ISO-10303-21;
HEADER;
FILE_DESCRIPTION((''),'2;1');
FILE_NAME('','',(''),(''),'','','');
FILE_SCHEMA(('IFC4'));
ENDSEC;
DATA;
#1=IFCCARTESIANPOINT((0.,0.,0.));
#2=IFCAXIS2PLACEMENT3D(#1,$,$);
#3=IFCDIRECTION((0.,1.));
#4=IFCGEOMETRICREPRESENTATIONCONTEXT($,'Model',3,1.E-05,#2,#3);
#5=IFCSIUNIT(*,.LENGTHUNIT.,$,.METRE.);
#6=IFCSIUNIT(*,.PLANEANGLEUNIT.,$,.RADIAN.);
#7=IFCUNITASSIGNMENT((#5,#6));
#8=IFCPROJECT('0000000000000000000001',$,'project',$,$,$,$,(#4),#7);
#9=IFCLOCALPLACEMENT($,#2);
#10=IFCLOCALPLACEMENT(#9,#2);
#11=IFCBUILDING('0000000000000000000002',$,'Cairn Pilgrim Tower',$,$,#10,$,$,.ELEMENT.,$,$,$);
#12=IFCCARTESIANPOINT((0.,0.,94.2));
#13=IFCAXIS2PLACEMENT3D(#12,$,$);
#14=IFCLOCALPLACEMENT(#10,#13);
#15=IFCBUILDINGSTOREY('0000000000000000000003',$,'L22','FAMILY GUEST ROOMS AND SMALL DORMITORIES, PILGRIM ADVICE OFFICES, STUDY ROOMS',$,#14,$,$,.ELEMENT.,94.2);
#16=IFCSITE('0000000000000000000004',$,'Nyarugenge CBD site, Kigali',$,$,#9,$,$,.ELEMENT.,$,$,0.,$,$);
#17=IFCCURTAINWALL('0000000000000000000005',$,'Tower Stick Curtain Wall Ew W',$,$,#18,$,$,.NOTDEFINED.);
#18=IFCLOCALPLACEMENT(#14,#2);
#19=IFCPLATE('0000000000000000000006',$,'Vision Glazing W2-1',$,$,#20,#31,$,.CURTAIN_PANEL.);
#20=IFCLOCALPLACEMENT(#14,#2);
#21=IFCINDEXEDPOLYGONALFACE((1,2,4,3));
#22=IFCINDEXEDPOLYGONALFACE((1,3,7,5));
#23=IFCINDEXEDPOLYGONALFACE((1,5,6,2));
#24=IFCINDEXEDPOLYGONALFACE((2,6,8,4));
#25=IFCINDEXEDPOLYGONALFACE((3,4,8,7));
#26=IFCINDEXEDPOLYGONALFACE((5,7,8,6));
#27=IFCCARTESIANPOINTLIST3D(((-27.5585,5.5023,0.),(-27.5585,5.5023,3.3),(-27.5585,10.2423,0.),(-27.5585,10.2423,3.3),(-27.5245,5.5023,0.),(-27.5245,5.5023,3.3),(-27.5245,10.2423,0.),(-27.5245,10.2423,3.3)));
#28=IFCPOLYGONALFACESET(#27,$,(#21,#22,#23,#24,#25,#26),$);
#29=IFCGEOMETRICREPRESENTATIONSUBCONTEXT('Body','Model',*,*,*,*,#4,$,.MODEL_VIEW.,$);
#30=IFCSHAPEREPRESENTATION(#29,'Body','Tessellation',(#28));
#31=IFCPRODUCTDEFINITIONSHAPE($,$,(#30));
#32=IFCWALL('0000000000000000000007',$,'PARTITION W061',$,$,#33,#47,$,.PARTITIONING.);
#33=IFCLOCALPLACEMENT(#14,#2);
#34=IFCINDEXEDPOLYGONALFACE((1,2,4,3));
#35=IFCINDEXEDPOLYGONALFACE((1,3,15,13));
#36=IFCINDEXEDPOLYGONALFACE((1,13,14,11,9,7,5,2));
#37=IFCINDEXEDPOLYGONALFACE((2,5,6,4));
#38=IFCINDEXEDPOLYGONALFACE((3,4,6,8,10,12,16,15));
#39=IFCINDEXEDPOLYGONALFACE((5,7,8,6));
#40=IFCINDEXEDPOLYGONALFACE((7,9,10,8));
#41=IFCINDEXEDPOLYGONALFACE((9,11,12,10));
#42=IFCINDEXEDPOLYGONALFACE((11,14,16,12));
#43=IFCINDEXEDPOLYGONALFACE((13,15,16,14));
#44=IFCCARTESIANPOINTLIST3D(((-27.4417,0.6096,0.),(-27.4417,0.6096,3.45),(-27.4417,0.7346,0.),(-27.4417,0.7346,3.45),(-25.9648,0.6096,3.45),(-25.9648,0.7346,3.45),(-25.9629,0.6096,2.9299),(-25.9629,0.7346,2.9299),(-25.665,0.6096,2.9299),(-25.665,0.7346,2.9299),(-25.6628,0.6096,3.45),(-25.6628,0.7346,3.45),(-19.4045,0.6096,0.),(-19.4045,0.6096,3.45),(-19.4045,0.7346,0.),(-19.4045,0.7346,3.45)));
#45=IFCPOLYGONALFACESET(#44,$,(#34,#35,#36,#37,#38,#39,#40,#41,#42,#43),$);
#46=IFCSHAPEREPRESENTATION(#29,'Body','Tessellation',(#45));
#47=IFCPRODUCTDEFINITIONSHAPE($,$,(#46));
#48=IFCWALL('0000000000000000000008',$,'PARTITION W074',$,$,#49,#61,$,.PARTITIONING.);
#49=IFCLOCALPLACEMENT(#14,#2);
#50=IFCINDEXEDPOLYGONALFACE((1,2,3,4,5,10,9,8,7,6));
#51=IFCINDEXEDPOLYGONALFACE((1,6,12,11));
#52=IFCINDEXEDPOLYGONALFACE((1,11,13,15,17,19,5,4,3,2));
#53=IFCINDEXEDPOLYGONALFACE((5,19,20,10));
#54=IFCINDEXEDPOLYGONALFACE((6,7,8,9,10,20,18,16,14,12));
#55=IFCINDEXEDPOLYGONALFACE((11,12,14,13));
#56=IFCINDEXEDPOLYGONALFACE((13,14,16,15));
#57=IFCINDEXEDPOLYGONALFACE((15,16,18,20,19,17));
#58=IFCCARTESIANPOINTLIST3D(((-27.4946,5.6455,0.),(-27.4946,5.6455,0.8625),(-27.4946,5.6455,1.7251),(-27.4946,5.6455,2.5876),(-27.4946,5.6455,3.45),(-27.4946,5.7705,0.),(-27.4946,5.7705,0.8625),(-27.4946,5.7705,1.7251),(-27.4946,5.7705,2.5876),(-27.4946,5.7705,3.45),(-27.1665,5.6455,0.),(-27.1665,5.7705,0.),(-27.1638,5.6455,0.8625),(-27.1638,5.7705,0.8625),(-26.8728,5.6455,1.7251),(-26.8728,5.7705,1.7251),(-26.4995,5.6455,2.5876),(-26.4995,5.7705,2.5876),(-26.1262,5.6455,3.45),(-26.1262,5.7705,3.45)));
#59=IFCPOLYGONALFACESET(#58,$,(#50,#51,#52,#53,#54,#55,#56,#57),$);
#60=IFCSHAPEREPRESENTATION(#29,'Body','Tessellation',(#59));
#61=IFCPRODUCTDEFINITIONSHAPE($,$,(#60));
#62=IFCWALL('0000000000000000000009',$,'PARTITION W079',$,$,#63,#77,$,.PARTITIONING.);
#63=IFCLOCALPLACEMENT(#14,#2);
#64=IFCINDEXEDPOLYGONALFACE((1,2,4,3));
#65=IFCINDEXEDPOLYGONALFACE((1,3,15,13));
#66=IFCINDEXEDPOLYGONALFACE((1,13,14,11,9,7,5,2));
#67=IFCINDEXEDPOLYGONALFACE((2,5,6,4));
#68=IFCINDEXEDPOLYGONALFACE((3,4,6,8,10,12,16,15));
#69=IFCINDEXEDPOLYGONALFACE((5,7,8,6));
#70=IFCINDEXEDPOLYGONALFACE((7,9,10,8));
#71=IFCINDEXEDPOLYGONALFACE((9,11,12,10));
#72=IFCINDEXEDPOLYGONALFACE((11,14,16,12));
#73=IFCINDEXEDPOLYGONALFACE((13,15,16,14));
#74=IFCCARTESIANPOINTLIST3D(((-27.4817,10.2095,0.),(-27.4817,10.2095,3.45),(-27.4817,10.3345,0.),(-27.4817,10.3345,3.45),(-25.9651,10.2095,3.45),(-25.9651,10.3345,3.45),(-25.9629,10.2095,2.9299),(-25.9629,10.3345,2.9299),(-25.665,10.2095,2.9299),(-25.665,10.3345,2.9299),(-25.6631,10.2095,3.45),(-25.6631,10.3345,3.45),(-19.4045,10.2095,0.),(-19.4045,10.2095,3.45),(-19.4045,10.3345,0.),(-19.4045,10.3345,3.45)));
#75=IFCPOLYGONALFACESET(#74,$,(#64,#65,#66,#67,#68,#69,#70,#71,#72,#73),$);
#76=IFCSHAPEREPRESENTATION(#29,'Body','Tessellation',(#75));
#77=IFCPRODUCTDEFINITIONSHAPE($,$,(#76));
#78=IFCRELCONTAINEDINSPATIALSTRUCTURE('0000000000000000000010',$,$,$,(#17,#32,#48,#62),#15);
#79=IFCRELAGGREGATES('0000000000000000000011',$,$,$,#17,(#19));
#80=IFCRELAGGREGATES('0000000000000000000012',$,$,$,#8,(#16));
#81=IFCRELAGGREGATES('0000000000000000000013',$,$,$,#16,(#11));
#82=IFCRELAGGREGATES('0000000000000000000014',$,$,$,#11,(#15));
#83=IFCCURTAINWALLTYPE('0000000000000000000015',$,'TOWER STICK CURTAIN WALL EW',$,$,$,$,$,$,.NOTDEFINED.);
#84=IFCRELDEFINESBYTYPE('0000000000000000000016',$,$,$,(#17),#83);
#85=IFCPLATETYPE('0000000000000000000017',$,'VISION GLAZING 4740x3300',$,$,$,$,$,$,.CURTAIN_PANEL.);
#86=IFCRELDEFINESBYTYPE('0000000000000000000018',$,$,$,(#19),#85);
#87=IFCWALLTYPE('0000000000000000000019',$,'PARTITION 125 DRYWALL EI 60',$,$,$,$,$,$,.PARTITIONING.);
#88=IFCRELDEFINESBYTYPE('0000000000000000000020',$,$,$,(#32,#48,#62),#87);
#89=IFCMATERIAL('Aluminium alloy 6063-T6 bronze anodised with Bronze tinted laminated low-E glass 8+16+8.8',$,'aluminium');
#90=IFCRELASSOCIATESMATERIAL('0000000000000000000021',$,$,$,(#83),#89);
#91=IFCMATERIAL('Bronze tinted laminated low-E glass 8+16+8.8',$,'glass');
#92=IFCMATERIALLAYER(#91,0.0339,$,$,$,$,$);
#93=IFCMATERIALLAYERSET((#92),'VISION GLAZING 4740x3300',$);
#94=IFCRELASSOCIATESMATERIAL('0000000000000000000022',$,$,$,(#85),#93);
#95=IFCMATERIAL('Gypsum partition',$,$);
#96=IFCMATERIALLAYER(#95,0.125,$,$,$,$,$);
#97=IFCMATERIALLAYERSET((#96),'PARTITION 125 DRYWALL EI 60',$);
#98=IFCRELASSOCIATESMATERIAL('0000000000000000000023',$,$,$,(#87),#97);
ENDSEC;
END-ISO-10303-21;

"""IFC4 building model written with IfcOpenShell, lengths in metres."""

from ifc_helpers import new_model, si_unit, direction, frame, origin, origin_2d, place, context, subcontext, project, spatial, polyline, rectangle, outline, extrude, material, layer, layer_set, type_object, element, aggregate, save


model = new_model("IFC4")

# Units and contexts
model_context = context("Model", 3, precision=1e-05, world=origin(), true_north=direction((0.0, 1.0)))
body_context = subcontext(model_context, "Body", "Model", "MODEL_VIEW")
ifc_project = project(units=[si_unit("LENGTHUNIT", "METRE"), si_unit("PLANEANGLEUNIT", "RADIAN")], contexts=[model_context])

# Site, building, storey
site_placement = place(None, origin())
site = spatial("IfcSite", under=ifc_project, at=site_placement, Name="Nyarugenge CBD site, Kigali", CompositionType="ELEMENT", RefElevation=0.0)
building_placement = place(site_placement, origin())
building = spatial("IfcBuilding", under=site, at=building_placement, Name="Cairn Pilgrim Tower", CompositionType="ELEMENT")
storey_placement = place(building_placement, frame((0.0, 0.0, 94.2)))
storey = spatial("IfcBuildingStorey", under=building, at=storey_placement, Name="L22", Description="FAMILY GUEST ROOMS AND SMALL DORMITORIES, PILGRIM ADVICE OFFICES, STUDY ROOMS", CompositionType="ELEMENT", Elevation=94.2)

# Curtain wall
ifc_material_1 = material(Name="Aluminium alloy 6063-T6 bronze anodised with Bronze tinted laminated low-E glass 8+16+8.8", Category="aluminium")
curtain_wall_type = type_object("IfcCurtainWallType", Name="TOWER STICK CURTAIN WALL EW", PredefinedType="NOTDEFINED", material=ifc_material_1)
curtain_wall_placement = place(storey_placement, origin())
curtain_wall = element("IfcCurtainWall", 1, at=curtain_wall_placement, inside=storey, type_object=curtain_wall_type, Name="Tower Stick Curtain Wall Ew W", PredefinedType="NOTDEFINED")

# Plate
ifc_material_2 = material(Name="Bronze tinted laminated low-E glass 8+16+8.8", Category="glass")
ifc_layer_1 = layer(ifc_material_2, 0.0339)
ifc_layer_set_1 = layer_set([ifc_layer_1], Name="VISION GLAZING 4740x3300")
plate_type_1 = type_object("IfcPlateType", Name="VISION GLAZING 4740x3300", PredefinedType="CURTAIN_PANEL", material=ifc_layer_set_1)
plate_1_placement = place(storey_placement, frame((-27.5415, 7.8723, 0.0), z_axis=(0.0, 0.0, 1.0), x_axis=(0.0, -1.0, 0.0)))
plate_1 = element("IfcPlate", 2, at=plate_1_placement, type_object=plate_type_1, Name="Vision Glazing W2-1", PredefinedType="CURTAIN_PANEL", context=body_context, shape_type="SweptSolid", body=[
    extrude(rectangle(XDim=4.74, YDim=0.0339, at=origin_2d()), origin(), (0.0, 0.0, 1.0), 3.3),
])
aggregate(curtain_wall, [plate_1])

# Walls
ifc_material_3 = material(Name="Gypsum partition")
ifc_layer_2 = layer(ifc_material_3, 0.125)
ifc_layer_set_2 = layer_set([ifc_layer_2], Name="PARTITION 125 DRYWALL EI 60")
wall_type_1 = type_object("IfcWallType", Name="PARTITION 125 DRYWALL EI 60", PredefinedType="PARTITIONING", material=ifc_layer_set_2)
wall_1_placement = place(storey_placement, frame((-27.4417, 0.6721, 0.0), z_axis=(0.0, 0.0, 1.0), x_axis=(1.0, 0.0, 0.0)))
element("IfcWall", 3, at=wall_1_placement, inside=storey, type_object=wall_type_1, Name="PARTITION W061", PredefinedType="PARTITIONING", context=body_context, shape_type="SweptSolid", body=[
    extrude(outline(polyline([(0.0, 0.0), (8.0371, 0.0), (8.0371, 3.45), (1.7788, 3.45), (1.7766, 2.9299), (1.4788, 2.9299), (1.4768, 3.45), (0.0, 3.45), (0.0, 0.0)])), frame((0.0, 0.0625, 0.0), z_axis=(0.0, -1.0, 0.0), x_axis=(1.0, 0.0, 0.0)), (0.0, 0.0, 1.0), 0.125),
])
wall_2_placement = place(storey_placement, frame((-27.4946, 5.708, 0.0), z_axis=(0.0, 0.0, 1.0), x_axis=(1.0, 0.0, 0.0)))
element("IfcWall", 4, at=wall_2_placement, inside=storey, type_object=wall_type_1, Name="PARTITION W074", PredefinedType="PARTITIONING", context=body_context, shape_type="SweptSolid", body=[
    extrude(outline(polyline([(0.0, 0.0), (0.3281, 0.0), (0.3308, 0.8625), (0.6218, 1.7251), (0.9951, 2.5876), (1.3684, 3.45), (0.0, 3.45), (0.0, 2.5876), (0.0, 1.7251), (0.0, 0.8625), (0.0, 0.0)])), frame((0.0, 0.0625, 0.0), z_axis=(0.0, -1.0, 0.0), x_axis=(1.0, 0.0, 0.0)), (0.0, 0.0, 1.0), 0.125),
])
wall_3_placement = place(storey_placement, frame((-27.4817, 10.272, 0.0), z_axis=(0.0, 0.0, 1.0), x_axis=(1.0, 0.0, 0.0)))
element("IfcWall", 5, at=wall_3_placement, inside=storey, type_object=wall_type_1, Name="PARTITION W079", PredefinedType="PARTITIONING", context=body_context, shape_type="SweptSolid", body=[
    extrude(outline(polyline([(0.0, 0.0), (8.0771, 0.0), (8.0771, 3.45), (1.8186, 3.45), (1.8167, 2.9299), (1.5188, 2.9299), (1.5166, 3.45), (0.0, 3.45), (0.0, 0.0)])), frame((0.0, 0.0625, 0.0), z_axis=(0.0, -1.0, 0.0), x_axis=(1.0, 0.0, 0.0)), (0.0, 0.0, 1.0), 0.125),
])

save(model, "model.ifc")
